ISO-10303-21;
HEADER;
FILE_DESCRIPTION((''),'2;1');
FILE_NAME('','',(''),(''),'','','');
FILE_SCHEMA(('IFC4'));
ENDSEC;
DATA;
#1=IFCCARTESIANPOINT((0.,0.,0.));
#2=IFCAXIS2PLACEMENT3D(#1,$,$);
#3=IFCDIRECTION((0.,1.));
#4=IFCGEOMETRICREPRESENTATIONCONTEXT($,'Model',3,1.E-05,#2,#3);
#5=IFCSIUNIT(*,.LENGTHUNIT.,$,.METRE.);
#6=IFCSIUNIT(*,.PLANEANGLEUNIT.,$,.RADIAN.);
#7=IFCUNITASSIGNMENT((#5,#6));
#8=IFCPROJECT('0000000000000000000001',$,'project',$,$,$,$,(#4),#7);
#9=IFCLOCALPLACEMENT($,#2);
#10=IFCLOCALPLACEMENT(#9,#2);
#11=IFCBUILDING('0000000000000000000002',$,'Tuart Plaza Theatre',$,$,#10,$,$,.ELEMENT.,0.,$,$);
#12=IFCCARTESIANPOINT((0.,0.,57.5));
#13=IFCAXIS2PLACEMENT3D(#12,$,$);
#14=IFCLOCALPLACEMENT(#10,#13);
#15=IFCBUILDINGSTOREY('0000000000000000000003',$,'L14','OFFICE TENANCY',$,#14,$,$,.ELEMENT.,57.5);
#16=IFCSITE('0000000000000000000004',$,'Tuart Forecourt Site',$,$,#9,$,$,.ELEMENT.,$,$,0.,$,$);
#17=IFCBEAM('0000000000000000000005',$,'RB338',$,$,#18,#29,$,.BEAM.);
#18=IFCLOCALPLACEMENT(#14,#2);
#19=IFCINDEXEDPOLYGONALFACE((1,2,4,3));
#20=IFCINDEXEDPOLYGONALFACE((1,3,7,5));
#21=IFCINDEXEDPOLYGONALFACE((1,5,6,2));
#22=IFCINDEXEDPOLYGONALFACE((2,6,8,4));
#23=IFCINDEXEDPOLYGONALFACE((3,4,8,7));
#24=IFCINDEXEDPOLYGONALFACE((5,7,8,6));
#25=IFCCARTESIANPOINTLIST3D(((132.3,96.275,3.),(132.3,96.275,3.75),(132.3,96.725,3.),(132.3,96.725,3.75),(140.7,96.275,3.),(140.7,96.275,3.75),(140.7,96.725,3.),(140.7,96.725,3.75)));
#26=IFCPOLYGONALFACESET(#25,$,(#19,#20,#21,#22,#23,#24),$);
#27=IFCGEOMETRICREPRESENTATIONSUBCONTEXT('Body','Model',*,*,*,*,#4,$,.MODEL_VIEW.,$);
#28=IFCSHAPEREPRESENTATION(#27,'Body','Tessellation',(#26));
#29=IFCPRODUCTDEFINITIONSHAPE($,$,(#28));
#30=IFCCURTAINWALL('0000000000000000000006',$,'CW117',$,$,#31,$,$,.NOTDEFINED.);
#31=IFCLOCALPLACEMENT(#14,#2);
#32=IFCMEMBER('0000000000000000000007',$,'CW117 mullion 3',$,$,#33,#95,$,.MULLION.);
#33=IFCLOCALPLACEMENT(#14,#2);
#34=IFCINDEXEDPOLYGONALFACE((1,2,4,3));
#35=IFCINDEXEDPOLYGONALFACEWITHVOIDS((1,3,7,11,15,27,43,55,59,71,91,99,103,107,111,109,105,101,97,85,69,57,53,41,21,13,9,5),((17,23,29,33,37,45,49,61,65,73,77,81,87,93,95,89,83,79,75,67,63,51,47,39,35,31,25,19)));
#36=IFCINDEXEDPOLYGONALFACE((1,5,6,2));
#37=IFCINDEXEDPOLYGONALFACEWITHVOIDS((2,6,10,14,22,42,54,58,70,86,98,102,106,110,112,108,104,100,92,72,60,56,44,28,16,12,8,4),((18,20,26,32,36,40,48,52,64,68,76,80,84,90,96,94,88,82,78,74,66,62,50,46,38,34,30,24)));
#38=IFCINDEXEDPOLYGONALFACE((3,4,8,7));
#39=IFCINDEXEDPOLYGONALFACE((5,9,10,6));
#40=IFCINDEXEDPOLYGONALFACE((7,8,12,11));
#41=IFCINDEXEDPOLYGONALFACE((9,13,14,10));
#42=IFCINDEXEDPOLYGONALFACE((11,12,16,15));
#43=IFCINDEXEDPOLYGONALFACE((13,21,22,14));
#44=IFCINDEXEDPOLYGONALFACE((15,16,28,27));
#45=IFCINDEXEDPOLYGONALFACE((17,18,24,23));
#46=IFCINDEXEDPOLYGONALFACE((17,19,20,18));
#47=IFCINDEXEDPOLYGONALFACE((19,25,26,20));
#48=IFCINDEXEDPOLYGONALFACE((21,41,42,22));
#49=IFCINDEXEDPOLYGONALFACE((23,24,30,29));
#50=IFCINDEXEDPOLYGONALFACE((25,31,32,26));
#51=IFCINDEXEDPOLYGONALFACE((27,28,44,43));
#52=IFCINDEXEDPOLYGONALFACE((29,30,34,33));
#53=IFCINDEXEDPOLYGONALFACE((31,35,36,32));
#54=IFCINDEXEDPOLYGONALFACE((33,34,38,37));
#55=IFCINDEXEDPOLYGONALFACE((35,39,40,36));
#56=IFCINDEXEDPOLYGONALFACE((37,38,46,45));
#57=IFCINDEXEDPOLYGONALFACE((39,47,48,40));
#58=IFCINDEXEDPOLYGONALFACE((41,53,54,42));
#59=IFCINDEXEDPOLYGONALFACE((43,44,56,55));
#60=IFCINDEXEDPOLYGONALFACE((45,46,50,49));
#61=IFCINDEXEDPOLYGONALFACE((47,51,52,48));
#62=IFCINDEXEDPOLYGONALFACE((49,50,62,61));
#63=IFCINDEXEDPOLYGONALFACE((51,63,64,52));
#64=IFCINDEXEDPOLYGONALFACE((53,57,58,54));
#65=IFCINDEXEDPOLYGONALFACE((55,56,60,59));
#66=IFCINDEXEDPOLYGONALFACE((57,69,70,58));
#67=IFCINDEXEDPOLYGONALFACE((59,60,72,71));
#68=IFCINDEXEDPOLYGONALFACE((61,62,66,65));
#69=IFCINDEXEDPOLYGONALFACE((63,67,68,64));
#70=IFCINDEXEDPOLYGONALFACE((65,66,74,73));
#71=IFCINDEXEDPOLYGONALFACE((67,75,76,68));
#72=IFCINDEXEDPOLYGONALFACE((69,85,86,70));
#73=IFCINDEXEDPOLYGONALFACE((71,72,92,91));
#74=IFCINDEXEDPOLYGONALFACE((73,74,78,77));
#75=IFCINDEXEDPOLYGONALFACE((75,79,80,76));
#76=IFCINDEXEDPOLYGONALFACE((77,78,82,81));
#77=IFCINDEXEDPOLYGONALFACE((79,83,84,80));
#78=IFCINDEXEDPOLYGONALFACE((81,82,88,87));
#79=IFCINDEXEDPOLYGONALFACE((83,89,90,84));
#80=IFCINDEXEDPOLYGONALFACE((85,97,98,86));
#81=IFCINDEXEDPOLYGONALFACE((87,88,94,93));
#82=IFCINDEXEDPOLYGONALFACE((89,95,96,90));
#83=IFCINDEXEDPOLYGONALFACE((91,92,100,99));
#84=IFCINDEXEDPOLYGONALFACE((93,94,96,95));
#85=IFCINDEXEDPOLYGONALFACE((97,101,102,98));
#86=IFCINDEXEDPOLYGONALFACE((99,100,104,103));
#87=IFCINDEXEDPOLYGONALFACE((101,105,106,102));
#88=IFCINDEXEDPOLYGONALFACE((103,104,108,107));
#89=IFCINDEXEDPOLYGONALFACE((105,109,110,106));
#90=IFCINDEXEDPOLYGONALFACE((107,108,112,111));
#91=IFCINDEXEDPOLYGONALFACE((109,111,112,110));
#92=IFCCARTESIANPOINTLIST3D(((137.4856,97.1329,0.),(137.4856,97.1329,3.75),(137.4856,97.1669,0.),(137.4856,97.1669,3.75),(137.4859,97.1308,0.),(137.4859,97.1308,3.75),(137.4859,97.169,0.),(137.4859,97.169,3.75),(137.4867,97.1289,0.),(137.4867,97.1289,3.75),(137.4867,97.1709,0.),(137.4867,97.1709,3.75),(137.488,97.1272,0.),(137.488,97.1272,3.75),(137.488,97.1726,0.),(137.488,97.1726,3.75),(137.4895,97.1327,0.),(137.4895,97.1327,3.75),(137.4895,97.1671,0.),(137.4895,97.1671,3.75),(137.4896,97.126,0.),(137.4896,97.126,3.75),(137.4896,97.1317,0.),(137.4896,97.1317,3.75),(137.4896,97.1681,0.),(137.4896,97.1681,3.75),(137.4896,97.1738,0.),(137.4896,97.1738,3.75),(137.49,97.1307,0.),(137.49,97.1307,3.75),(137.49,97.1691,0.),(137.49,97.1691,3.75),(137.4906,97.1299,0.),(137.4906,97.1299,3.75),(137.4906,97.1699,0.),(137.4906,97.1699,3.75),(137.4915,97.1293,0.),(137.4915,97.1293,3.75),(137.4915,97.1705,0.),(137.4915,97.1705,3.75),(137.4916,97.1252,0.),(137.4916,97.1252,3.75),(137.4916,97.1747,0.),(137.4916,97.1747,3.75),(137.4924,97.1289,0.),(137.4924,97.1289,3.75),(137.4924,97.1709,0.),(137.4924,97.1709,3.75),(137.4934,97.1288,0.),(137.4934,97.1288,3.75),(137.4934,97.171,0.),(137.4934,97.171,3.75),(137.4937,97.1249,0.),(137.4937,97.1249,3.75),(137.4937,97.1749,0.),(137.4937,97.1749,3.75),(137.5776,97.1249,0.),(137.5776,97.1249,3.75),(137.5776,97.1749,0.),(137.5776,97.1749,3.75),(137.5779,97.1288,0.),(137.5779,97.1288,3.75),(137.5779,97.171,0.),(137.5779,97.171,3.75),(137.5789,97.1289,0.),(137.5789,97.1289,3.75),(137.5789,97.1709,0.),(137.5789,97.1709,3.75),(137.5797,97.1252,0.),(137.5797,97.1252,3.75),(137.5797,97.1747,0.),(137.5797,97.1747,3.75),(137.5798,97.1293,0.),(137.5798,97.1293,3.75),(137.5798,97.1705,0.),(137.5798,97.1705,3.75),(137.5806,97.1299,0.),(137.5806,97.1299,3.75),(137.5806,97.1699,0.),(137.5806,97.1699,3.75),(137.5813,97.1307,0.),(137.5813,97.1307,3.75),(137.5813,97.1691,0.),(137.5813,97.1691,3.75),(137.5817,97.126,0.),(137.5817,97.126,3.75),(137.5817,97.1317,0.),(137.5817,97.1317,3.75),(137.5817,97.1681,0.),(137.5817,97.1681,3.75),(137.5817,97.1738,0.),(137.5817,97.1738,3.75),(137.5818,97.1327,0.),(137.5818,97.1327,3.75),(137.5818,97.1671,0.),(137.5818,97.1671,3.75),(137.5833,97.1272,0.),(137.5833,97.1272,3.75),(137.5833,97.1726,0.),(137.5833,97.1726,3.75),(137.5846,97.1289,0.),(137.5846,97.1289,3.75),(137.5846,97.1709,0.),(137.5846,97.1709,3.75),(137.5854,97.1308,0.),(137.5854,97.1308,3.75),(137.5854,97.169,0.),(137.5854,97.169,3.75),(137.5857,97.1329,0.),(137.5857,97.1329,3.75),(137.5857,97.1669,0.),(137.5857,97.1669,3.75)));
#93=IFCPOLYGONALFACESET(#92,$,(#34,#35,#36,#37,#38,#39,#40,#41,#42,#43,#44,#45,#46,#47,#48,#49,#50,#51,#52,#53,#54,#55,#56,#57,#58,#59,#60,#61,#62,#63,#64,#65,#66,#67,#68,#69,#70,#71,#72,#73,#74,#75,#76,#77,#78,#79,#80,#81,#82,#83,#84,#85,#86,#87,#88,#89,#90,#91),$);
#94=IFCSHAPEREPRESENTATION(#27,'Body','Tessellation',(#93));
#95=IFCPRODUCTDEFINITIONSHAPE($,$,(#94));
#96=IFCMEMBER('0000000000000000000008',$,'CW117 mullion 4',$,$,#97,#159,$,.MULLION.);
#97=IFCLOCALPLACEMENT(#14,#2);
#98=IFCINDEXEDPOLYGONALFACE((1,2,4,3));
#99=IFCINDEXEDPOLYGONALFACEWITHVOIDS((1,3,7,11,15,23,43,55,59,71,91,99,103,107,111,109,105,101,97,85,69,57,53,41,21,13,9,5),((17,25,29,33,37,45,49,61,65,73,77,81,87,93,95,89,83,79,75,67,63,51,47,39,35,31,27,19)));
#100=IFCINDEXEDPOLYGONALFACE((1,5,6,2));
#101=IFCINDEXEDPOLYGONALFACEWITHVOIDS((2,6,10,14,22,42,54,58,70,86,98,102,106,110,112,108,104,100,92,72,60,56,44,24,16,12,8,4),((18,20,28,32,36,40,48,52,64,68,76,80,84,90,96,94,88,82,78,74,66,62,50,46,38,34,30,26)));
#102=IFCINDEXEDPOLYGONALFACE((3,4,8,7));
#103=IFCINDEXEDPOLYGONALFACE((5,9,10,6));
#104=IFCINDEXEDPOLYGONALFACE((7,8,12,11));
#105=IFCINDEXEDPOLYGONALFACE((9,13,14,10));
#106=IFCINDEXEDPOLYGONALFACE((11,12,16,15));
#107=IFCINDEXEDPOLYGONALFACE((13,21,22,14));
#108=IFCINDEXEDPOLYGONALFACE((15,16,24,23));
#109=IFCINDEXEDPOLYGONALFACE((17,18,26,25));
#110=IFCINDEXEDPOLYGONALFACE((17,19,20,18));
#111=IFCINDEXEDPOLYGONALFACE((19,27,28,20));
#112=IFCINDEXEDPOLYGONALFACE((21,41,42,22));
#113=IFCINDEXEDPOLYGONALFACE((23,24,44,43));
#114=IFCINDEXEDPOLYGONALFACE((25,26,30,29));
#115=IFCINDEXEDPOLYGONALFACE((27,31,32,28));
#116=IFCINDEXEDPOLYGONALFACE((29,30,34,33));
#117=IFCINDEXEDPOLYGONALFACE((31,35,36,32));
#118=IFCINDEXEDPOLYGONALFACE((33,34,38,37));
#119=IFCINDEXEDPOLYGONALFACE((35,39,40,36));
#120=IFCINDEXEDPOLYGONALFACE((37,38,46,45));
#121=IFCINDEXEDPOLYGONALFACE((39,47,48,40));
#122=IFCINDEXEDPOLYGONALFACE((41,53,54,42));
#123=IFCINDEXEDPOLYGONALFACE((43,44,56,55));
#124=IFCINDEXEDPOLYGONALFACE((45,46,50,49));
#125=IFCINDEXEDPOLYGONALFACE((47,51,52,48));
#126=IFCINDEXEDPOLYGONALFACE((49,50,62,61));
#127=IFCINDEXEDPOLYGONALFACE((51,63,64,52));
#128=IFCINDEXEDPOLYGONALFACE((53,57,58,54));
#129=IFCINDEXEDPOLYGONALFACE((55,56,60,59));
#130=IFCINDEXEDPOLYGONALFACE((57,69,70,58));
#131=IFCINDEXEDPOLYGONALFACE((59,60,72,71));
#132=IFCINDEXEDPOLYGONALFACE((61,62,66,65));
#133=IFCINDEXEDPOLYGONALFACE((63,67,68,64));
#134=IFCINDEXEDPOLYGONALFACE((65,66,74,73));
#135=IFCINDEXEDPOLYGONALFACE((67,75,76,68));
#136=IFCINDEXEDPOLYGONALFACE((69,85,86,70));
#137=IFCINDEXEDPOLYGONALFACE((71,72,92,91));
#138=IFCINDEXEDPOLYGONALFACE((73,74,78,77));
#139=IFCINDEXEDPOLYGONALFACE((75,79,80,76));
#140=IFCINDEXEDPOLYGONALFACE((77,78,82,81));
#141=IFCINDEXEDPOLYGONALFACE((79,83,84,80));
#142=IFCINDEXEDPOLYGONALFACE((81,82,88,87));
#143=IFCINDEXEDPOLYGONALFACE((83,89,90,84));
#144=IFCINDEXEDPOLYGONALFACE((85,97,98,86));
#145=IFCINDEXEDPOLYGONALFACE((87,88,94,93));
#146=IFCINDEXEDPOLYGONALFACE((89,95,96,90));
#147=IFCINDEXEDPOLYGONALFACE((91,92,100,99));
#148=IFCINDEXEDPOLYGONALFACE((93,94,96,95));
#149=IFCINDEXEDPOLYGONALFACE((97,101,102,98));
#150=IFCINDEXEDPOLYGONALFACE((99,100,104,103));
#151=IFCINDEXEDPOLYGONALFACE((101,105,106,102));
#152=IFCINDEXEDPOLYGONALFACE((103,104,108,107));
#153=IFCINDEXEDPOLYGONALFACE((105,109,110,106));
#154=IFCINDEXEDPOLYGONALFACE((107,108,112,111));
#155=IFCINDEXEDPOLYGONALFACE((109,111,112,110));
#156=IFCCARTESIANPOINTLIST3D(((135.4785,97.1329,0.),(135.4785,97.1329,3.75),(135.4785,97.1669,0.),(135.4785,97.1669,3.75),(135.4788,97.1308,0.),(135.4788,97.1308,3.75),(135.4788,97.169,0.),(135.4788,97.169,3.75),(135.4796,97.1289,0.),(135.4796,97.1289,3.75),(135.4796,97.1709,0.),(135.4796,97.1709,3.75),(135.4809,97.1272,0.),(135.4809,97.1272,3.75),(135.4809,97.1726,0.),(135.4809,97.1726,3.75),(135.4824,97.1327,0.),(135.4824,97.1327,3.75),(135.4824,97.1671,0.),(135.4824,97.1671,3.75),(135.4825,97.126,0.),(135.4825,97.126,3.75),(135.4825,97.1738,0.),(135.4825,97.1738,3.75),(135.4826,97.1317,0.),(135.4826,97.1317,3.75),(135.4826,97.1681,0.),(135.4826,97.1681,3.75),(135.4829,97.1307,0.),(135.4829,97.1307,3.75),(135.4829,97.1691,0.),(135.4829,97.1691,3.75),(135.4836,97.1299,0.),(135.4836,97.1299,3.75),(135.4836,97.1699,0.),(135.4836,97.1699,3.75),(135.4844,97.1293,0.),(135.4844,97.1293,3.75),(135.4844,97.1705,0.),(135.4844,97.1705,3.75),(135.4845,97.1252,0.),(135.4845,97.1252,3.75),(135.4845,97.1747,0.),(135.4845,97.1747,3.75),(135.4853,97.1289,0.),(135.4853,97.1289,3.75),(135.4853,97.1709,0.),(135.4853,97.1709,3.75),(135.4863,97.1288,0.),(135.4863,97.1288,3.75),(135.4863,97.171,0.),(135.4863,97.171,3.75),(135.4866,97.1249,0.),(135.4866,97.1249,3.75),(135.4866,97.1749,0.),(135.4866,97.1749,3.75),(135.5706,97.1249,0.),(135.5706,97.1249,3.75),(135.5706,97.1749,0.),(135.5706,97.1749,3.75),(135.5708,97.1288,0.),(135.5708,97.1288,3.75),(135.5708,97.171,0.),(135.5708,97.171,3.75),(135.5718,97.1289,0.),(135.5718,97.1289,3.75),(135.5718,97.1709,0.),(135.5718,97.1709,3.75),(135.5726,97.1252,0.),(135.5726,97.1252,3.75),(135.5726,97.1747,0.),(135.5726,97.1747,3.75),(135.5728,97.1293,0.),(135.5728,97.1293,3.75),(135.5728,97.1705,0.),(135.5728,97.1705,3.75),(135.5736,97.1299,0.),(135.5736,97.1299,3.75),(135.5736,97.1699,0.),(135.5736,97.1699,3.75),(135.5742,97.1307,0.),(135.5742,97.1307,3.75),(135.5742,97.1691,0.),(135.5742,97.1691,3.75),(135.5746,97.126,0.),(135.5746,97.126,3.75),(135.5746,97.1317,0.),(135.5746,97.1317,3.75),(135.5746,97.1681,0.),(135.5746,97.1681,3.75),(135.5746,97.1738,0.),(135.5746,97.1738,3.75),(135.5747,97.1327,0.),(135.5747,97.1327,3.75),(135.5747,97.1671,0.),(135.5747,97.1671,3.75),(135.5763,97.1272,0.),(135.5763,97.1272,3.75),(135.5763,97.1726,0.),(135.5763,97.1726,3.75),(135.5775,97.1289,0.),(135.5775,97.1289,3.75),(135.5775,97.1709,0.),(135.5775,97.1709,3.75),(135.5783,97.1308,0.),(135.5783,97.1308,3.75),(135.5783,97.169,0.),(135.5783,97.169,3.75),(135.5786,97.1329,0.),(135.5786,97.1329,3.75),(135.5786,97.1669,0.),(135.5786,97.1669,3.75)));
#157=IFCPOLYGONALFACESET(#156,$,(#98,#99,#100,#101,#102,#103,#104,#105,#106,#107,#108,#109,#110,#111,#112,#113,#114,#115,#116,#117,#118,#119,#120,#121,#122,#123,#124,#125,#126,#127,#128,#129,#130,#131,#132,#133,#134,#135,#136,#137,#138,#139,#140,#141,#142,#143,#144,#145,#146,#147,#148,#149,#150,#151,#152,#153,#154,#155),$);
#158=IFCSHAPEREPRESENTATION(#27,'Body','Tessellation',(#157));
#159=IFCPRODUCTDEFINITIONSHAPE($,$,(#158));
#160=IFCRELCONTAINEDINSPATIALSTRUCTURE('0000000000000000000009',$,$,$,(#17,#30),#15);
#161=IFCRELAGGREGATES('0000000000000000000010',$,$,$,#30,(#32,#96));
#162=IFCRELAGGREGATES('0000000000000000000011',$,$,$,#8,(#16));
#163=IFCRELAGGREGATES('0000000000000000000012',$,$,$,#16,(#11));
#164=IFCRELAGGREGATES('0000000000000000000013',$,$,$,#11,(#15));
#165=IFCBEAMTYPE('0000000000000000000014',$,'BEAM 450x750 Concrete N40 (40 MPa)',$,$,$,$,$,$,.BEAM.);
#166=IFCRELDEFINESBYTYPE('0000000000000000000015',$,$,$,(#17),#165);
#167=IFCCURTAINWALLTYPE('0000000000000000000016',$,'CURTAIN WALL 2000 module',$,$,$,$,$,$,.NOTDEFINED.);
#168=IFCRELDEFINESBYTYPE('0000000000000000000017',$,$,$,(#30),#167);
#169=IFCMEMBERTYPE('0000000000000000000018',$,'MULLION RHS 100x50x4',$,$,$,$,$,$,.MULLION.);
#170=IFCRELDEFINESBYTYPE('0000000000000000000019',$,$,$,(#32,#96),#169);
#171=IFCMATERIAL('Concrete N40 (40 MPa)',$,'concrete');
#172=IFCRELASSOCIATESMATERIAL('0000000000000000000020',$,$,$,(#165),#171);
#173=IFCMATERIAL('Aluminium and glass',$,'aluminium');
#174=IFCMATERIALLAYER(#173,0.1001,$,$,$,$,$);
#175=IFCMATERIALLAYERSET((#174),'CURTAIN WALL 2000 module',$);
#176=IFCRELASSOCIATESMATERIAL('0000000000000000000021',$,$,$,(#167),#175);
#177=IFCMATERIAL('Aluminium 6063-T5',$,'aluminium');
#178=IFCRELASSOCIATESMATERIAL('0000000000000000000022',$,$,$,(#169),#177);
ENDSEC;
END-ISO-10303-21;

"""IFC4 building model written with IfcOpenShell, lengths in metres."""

from ifc_helpers import new_model, si_unit, direction, frame, origin, origin_2d, place, context, subcontext, project, spatial, rectangle, hollow_rectangle, extrude, material, layer, layer_set, material_profile, profile_set, type_object, element, aggregate, save


model = new_model("IFC4")

# Units and contexts
model_context = context("Model", 3, precision=1e-05, world=origin(), true_north=direction((0.0, 1.0)))
body_context = subcontext(model_context, "Body", "Model", "MODEL_VIEW")
ifc_project = project(units=[si_unit("LENGTHUNIT", "METRE"), si_unit("PLANEANGLEUNIT", "RADIAN")], contexts=[model_context])

# Site, building, storey
site_placement = place(None, origin())
site = spatial("IfcSite", under=ifc_project, at=site_placement, Name="Tuart Forecourt Site", CompositionType="ELEMENT", RefElevation=0.0)
building_placement = place(site_placement, origin())
building = spatial("IfcBuilding", under=site, at=building_placement, Name="Tuart Plaza Theatre", CompositionType="ELEMENT", ElevationOfRefHeight=0.0)
storey_placement = place(building_placement, frame((0.0, 0.0, 57.5)))
storey = spatial("IfcBuildingStorey", under=building, at=storey_placement, Name="L14", Description="OFFICE TENANCY", CompositionType="ELEMENT", Elevation=57.5)

# Beam
ifc_material_1 = material(Name="Concrete N40 (40 MPa)", Category="concrete")
ifc_material_profile_1 = material_profile(ifc_material_1, rectangle(XDim=0.45, YDim=0.75, at=origin_2d()), Name="BEAM 450x750 Concrete N40 (40 MPa)")
ifc_profile_set_1 = profile_set([ifc_material_profile_1], Name="Concrete N40 (40 MPa)")
beam_type = type_object("IfcBeamType", Name="BEAM 450x750 Concrete N40 (40 MPa)", PredefinedType="BEAM", material=ifc_profile_set_1)
beam_placement = place(storey_placement, frame((132.3, 96.5, 3.375), z_axis=(1.0, 0.0, 0.0), x_axis=(0.0, 1.0, 0.0)))
element("IfcBeam", 1, at=beam_placement, inside=storey, type_object=beam_type, Name="RB338", PredefinedType="BEAM", context=body_context, shape_type="SweptSolid", body=[
    extrude(rectangle(XDim=0.45, YDim=0.75, at=origin_2d()), origin(), (0.0, 0.0, 1.0), 8.3999),
])

# Curtain wall, members
ifc_material_2 = material(Name="Aluminium and glass", Category="aluminium")
ifc_layer_1 = layer(ifc_material_2, 0.1001)
ifc_layer_set_1 = layer_set([ifc_layer_1], Name="CURTAIN WALL 2000 module")
curtain_wall_type = type_object("IfcCurtainWallType", Name="CURTAIN WALL 2000 module", PredefinedType="NOTDEFINED", material=ifc_layer_set_1)
curtain_wall_placement = place(storey_placement, origin())
curtain_wall = element("IfcCurtainWall", 2, at=curtain_wall_placement, inside=storey, type_object=curtain_wall_type, Name="CW117", PredefinedType="NOTDEFINED")
ifc_material_3 = material(Name="Aluminium 6063-T5", Category="aluminium")
ifc_material_profile_2 = material_profile(ifc_material_3, hollow_rectangle(XDim=0.05, YDim=0.1001, WallThickness=0.0039, InnerFilletRadius=0.0039, OuterFilletRadius=0.0081, at=origin_2d()), Name="RHS 100x50x4")
ifc_profile_set_2 = profile_set([ifc_material_profile_2], Name="Aluminium 6063-T5")
member_type_1 = type_object("IfcMemberType", Name="MULLION RHS 100x50x4", PredefinedType="MULLION", material=ifc_profile_set_2)
member_1_placement = place(storey_placement, frame((137.5356, 97.1499, 0.0), z_axis=(0.0, 0.0, 1.0), x_axis=(0.0, -1.0, 0.0)))
member_1 = element("IfcMember", 3, at=member_1_placement, type_object=member_type_1, Name="CW117 mullion 3", PredefinedType="MULLION", context=body_context, shape_type="SweptSolid", body=[
    extrude(hollow_rectangle(XDim=0.05, YDim=0.1001, WallThickness=0.0039, InnerFilletRadius=0.0039, OuterFilletRadius=0.0081, at=origin_2d()), origin(), (0.0, 0.0, 1.0), 3.75),
])
member_2_placement = place(storey_placement, frame((135.5286, 97.1499, 0.0), z_axis=(0.0, 0.0, 1.0), x_axis=(0.0, -1.0, 0.0)))
member_2 = element("IfcMember", 4, at=member_2_placement, type_object=member_type_1, Name="CW117 mullion 4", PredefinedType="MULLION", context=body_context, shape_type="SweptSolid", body=[
    extrude(hollow_rectangle(XDim=0.05, YDim=0.1001, WallThickness=0.0039, InnerFilletRadius=0.0039, OuterFilletRadius=0.0081, at=origin_2d()), origin(), (0.0, 0.0, 1.0), 3.75),
])
aggregate(curtain_wall, [member_1, member_2])

save(model, "model.ifc")
